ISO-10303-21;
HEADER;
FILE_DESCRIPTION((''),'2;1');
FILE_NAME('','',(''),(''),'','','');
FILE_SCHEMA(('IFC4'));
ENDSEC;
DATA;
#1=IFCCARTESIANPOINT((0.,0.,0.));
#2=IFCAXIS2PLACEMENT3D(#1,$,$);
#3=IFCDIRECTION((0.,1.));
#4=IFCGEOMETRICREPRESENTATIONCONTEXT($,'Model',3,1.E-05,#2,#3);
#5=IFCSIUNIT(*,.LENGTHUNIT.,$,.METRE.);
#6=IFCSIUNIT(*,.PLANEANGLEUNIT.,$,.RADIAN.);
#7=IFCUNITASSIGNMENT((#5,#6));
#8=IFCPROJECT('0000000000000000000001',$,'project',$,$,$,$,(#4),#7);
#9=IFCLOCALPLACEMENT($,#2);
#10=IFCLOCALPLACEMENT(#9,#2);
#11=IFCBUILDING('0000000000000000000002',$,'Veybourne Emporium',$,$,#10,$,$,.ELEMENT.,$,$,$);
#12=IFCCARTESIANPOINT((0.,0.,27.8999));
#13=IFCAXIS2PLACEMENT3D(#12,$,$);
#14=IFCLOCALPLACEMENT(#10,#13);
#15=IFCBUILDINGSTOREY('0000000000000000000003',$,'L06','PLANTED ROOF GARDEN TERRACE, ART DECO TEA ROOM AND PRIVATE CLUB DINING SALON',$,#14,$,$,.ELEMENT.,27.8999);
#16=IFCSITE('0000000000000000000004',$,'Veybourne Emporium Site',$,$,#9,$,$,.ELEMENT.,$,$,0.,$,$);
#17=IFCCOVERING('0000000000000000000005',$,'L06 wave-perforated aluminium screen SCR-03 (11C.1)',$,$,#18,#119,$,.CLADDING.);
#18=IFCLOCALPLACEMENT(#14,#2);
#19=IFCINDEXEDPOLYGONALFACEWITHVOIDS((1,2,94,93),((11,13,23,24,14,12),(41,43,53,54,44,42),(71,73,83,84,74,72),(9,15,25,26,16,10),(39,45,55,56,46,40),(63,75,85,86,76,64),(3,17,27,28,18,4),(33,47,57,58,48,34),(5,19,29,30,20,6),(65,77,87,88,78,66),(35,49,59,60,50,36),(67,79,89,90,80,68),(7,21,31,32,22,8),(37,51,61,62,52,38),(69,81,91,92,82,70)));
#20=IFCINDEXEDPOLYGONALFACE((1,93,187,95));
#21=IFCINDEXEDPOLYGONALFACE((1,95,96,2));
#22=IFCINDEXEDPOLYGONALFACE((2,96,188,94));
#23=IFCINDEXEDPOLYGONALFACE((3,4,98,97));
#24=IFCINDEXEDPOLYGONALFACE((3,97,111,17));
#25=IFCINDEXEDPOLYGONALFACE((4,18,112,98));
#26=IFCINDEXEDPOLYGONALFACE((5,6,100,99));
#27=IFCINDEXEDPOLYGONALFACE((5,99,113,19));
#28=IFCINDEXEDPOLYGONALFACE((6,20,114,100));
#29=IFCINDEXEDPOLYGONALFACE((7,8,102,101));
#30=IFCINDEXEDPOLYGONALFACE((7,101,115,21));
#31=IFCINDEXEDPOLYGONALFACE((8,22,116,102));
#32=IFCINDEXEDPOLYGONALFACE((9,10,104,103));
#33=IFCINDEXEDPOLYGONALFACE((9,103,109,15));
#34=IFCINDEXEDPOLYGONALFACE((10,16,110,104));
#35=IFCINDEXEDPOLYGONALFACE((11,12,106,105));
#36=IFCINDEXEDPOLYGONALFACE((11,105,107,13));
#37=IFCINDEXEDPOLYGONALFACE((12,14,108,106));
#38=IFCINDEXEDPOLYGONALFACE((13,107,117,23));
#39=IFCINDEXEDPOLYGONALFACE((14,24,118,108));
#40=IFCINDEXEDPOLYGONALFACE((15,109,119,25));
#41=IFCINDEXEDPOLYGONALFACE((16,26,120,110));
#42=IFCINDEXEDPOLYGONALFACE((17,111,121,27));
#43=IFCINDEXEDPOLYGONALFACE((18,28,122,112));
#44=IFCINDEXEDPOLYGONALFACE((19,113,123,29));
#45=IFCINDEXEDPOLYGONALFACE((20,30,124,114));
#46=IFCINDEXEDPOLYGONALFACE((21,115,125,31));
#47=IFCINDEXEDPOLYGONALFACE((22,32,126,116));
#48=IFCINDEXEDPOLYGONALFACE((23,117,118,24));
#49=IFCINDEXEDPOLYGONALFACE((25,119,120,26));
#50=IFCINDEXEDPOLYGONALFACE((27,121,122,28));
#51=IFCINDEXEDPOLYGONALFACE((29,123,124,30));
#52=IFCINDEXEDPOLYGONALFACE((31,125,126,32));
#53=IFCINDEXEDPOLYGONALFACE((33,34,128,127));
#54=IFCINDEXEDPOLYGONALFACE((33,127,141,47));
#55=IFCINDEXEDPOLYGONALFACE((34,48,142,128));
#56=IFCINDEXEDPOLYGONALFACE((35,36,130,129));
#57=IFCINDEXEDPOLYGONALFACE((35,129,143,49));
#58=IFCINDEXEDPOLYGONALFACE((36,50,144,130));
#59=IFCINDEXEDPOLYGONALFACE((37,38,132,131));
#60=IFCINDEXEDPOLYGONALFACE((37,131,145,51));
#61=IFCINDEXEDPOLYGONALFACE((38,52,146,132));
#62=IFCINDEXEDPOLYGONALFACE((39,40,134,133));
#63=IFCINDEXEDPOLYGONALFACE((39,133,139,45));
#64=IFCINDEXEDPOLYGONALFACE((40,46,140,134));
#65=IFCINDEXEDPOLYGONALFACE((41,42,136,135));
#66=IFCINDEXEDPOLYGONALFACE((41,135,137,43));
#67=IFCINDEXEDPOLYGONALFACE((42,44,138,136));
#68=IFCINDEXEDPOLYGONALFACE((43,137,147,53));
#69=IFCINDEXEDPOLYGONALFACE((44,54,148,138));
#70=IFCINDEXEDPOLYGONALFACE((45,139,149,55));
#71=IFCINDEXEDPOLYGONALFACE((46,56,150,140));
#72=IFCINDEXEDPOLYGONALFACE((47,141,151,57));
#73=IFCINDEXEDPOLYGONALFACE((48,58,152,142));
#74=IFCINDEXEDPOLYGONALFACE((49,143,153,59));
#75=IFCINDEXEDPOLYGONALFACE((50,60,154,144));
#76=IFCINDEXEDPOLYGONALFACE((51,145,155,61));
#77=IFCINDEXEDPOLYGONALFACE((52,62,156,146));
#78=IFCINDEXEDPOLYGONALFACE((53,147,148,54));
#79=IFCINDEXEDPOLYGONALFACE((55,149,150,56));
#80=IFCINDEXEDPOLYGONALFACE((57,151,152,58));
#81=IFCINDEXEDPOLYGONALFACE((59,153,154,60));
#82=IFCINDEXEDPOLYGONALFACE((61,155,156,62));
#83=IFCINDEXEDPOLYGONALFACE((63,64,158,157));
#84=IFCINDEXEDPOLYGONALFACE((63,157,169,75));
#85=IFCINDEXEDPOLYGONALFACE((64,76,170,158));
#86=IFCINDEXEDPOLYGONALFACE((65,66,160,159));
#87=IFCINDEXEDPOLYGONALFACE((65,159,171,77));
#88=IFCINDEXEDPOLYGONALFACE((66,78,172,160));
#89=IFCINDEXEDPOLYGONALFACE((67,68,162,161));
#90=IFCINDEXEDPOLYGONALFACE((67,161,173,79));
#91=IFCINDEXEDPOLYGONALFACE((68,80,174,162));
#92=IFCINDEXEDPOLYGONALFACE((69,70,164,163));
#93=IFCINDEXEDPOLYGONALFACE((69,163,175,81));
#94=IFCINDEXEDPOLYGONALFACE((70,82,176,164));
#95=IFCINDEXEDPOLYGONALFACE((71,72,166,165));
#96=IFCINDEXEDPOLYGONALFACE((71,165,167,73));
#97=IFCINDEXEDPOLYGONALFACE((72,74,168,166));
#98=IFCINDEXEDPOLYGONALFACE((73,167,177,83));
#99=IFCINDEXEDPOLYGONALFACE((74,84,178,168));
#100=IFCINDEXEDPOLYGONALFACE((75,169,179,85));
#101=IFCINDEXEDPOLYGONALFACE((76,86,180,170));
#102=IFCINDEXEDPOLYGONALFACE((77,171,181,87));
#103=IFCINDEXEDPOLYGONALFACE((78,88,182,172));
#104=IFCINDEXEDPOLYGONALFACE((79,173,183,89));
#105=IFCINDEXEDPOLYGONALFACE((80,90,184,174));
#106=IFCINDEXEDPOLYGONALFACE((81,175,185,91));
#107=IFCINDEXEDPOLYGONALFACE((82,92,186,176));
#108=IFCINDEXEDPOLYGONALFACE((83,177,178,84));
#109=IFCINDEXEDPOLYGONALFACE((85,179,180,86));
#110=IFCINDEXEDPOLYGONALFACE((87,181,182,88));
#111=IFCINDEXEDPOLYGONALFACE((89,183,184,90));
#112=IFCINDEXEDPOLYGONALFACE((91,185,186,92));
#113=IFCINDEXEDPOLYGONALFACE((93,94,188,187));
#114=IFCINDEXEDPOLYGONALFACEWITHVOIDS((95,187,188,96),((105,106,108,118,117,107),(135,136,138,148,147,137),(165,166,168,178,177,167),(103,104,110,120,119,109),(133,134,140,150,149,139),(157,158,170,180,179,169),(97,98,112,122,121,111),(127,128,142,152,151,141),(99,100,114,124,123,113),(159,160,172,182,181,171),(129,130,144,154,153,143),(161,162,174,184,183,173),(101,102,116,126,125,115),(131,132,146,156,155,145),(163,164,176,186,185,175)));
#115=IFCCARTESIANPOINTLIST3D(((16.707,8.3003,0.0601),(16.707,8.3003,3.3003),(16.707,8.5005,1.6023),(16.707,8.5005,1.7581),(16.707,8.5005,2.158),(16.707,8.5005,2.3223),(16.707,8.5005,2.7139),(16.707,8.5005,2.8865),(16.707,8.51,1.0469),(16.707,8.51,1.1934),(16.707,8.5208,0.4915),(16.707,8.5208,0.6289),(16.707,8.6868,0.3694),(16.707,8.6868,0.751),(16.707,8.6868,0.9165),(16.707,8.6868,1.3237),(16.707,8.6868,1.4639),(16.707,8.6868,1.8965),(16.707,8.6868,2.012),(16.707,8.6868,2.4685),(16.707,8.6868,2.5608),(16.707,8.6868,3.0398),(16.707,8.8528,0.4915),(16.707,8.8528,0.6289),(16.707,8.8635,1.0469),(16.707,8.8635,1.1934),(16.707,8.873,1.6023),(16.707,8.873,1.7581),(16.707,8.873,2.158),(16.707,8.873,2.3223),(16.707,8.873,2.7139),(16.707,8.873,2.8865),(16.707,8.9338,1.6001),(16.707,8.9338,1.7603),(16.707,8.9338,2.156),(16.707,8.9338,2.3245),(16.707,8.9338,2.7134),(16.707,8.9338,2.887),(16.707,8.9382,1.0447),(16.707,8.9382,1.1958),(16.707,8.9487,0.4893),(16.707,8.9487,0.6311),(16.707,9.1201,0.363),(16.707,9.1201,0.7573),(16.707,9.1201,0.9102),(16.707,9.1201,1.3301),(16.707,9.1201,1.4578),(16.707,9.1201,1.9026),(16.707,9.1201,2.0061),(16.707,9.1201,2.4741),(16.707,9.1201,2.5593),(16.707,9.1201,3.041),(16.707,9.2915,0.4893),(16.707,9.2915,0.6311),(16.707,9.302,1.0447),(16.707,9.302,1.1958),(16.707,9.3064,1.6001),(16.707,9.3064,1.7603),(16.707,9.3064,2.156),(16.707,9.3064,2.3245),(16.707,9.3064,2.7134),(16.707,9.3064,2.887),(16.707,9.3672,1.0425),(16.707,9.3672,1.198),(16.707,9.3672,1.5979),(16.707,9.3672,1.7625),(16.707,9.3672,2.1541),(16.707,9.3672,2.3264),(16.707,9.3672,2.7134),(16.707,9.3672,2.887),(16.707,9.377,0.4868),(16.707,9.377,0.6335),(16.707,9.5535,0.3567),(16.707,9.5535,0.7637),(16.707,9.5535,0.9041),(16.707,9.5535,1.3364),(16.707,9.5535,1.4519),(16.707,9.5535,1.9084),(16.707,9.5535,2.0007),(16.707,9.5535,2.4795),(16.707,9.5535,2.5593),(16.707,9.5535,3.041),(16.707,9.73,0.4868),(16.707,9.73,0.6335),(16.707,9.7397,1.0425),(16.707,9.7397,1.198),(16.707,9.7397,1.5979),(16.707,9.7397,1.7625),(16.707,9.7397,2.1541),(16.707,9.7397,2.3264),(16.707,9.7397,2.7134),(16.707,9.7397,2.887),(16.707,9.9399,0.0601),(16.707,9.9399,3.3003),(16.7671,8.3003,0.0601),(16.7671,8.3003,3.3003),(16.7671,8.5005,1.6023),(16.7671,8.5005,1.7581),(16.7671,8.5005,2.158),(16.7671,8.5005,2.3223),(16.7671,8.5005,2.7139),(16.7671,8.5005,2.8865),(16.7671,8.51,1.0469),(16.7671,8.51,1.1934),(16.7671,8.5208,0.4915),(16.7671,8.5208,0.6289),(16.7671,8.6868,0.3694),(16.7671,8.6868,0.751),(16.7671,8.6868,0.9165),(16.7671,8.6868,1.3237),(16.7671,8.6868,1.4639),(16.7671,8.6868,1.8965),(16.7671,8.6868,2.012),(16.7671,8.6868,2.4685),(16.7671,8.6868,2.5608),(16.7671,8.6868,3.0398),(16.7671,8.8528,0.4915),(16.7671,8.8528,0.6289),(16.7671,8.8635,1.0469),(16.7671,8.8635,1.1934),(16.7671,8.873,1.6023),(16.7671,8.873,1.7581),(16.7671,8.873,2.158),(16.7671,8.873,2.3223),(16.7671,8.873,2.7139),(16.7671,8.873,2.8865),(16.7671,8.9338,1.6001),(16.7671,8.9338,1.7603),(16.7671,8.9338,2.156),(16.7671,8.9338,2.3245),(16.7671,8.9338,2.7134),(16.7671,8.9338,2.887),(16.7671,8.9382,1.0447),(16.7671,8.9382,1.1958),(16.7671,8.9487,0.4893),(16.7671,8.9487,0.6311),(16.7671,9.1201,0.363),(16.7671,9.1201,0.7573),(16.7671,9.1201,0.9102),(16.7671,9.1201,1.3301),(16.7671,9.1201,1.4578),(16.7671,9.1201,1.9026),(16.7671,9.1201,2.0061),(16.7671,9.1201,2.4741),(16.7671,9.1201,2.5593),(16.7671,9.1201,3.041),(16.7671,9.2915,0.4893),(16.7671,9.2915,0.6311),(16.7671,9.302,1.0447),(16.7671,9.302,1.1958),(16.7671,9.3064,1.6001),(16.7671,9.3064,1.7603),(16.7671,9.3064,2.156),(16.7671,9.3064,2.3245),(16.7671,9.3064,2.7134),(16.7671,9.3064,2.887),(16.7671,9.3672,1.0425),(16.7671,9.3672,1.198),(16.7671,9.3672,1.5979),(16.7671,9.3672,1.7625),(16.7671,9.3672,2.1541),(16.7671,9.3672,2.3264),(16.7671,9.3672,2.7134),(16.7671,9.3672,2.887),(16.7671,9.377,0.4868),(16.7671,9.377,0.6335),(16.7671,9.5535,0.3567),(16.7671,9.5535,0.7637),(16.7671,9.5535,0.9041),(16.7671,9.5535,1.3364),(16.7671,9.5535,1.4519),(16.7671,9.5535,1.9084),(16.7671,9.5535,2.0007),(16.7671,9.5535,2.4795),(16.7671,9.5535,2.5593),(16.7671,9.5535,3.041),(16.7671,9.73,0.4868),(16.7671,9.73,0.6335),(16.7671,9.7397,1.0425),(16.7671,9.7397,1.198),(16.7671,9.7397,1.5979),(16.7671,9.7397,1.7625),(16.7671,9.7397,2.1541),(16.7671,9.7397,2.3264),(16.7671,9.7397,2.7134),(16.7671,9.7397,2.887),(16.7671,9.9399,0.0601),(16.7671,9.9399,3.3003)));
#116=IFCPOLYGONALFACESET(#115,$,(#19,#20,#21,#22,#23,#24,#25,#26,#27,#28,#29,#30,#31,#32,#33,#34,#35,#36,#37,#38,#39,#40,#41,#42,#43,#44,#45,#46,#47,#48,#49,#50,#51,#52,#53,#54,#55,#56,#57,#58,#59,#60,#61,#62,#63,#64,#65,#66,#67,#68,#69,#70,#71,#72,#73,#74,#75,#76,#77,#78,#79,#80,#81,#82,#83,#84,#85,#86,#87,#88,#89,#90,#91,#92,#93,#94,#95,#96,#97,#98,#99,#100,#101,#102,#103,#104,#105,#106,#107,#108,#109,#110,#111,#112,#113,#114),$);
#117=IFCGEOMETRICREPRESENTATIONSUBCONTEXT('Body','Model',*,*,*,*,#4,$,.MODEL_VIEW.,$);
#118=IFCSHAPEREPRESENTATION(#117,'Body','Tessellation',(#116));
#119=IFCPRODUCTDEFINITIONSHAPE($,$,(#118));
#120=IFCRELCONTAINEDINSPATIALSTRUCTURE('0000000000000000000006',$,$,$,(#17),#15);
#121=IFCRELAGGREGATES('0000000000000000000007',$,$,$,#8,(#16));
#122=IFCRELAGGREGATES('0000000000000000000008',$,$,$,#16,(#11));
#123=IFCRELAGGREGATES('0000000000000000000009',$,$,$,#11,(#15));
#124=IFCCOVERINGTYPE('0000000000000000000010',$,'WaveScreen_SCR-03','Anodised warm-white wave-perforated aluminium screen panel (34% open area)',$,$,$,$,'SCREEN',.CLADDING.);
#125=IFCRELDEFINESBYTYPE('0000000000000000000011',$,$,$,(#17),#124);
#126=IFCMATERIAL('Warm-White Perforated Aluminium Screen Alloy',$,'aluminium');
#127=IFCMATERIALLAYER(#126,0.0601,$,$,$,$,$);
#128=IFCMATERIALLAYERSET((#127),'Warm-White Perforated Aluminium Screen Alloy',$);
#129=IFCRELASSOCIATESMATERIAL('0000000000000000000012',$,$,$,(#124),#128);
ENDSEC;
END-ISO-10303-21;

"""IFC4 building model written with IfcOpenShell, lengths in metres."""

from ifc_helpers import new_model, si_unit, direction, frame, origin, place, context, subcontext, project, spatial, polyline, outline, extrude, material, layer, layer_set, type_object, element, save


model = new_model("IFC4")

# Units and contexts
model_context = context("Model", 3, precision=1e-05, world=origin(), true_north=direction((0.0, 1.0)))
body_context = subcontext(model_context, "Body", "Model", "MODEL_VIEW")
ifc_project = project(units=[si_unit("LENGTHUNIT", "METRE"), si_unit("PLANEANGLEUNIT", "RADIAN")], contexts=[model_context])

# Site, building, storey
site_placement = place(None, origin())
site = spatial("IfcSite", under=ifc_project, at=site_placement, Name="Veybourne Emporium Site", CompositionType="ELEMENT", RefElevation=0.0)
building_placement = place(site_placement, origin())
building = spatial("IfcBuilding", under=site, at=building_placement, Name="Veybourne Emporium", CompositionType="ELEMENT")
storey_placement = place(building_placement, frame((0.0, 0.0, 27.8999)))
storey = spatial("IfcBuildingStorey", under=building, at=storey_placement, Name="L06", Description="PLANTED ROOF GARDEN TERRACE, ART DECO TEA ROOM AND PRIVATE CLUB DINING SALON", CompositionType="ELEMENT", Elevation=27.8999)

# Covering
ifc_material_1 = material(Name="Warm-White Perforated Aluminium Screen Alloy", Category="aluminium")
ifc_layer_1 = layer(ifc_material_1, 0.0601)
ifc_layer_set_1 = layer_set([ifc_layer_1], Name="Warm-White Perforated Aluminium Screen Alloy")
covering_type_1 = type_object("IfcCoveringType", Name="WaveScreen_SCR-03", Description="Anodised warm-white wave-perforated aluminium screen panel (34% open area)", ElementType="SCREEN", PredefinedType="CLADDING", material=ifc_layer_set_1)
covering_1_placement = place(storey_placement, frame((16.707, 9.1201, 1.6802), z_axis=(1.0, 0.0, 0.0), x_axis=(0.0, 1.0, 0.0)))
element("IfcCovering", 1, at=covering_1_placement, inside=storey, type_object=covering_type_1, Name="L06 wave-perforated aluminium screen SCR-03 (11C.1)", PredefinedType="CLADDING", context=body_context, shape_type="SweptSolid", body=[
    extrude(outline(polyline([(-0.8198, -1.6201), (0.8198, -1.6201), (0.8198, 1.6201), (-0.8198, 1.6201), (-0.8198, -1.6201)]), holes=[polyline([(-0.4333, -0.9292), (-0.2673, -1.0513), (-0.2673, -1.1887), (-0.4333, -1.3108), (-0.5994, -1.1887), (-0.5994, -1.0513), (-0.4333, -0.9292)]), polyline([(-0.4333, -0.3564), (-0.2566, -0.4868), (-0.2566, -0.6333), (-0.4333, -0.7637), (-0.6101, -0.6333), (-0.6101, -0.4868), (-0.4333, -0.3564)]), polyline([(-0.4333, 0.2163), (-0.2471, 0.0779), (-0.2471, -0.0779), (-0.4333, -0.2163), (-0.6196, -0.0779), (-0.6196, 0.0779), (-0.4333, 0.2163)]), polyline([(-0.4333, 0.7883), (-0.2471, 0.6421), (-0.2471, 0.4778), (-0.4333, 0.3318), (-0.6196, 0.4778), (-0.6196, 0.6421), (-0.4333, 0.7883)]), polyline([(-0.4333, 1.3596), (-0.2471, 1.2063), (-0.2471, 1.0337), (-0.4333, 0.8806), (-0.6196, 1.0337), (-0.6196, 1.2063), (-0.4333, 1.3596)]), polyline([(0.0, -0.9229), (0.1714, -1.0491), (0.1714, -1.1909), (0.0, -1.3171), (-0.1714, -1.1909), (-0.1714, -1.0491), (0.0, -0.9229)]), polyline([(0.0, -0.3501), (0.1819, -0.4844), (0.1819, -0.6355), (0.0, -0.77), (-0.1819, -0.6355), (-0.1819, -0.4844), (0.0, -0.3501)]), polyline([(0.0, 0.2224), (0.1863, 0.0801), (0.1863, -0.0801), (0.0, -0.2224), (-0.1863, -0.0801), (-0.1863, 0.0801), (0.0, 0.2224)]), polyline([(0.0, 0.7939), (0.1863, 0.6443), (0.1863, 0.4758), (0.0, 0.3259), (-0.1863, 0.4758), (-0.1863, 0.6443), (0.0, 0.7939)]), polyline([(0.0, 1.3608), (0.1863, 1.2068), (0.1863, 1.0332), (0.0, 0.8792), (-0.1863, 1.0332), (-0.1863, 1.2068), (0.0, 1.3608)]), polyline([(0.4333, -0.9165), (0.6099, -1.0466), (0.6099, -1.1934), (0.4333, -1.3235), (0.2568, -1.1934), (0.2568, -1.0466), (0.4333, -0.9165)]), polyline([(0.4333, -0.3438), (0.6196, -0.4822), (0.6196, -0.6377), (0.4333, -0.7761), (0.2471, -0.6377), (0.2471, -0.4822), (0.4333, -0.3438)]), polyline([(0.4333, 0.2283), (0.6196, 0.0823), (0.6196, -0.0823), (0.4333, -0.2283), (0.2471, -0.0823), (0.2471, 0.0823), (0.4333, 0.2283)]), polyline([(0.4333, 0.7993), (0.6196, 0.6462), (0.6196, 0.4739), (0.4333, 0.3206), (0.2471, 0.4739), (0.2471, 0.6462), (0.4333, 0.7993)]), polyline([(0.4333, 1.3608), (0.6196, 1.2068), (0.6196, 1.0332), (0.4333, 0.8792), (0.2471, 1.0332), (0.2471, 1.2068), (0.4333, 1.3608)])]), origin(), (0.0, 0.0, 1.0), 0.0601),
])

save(model, "model.ifc")
